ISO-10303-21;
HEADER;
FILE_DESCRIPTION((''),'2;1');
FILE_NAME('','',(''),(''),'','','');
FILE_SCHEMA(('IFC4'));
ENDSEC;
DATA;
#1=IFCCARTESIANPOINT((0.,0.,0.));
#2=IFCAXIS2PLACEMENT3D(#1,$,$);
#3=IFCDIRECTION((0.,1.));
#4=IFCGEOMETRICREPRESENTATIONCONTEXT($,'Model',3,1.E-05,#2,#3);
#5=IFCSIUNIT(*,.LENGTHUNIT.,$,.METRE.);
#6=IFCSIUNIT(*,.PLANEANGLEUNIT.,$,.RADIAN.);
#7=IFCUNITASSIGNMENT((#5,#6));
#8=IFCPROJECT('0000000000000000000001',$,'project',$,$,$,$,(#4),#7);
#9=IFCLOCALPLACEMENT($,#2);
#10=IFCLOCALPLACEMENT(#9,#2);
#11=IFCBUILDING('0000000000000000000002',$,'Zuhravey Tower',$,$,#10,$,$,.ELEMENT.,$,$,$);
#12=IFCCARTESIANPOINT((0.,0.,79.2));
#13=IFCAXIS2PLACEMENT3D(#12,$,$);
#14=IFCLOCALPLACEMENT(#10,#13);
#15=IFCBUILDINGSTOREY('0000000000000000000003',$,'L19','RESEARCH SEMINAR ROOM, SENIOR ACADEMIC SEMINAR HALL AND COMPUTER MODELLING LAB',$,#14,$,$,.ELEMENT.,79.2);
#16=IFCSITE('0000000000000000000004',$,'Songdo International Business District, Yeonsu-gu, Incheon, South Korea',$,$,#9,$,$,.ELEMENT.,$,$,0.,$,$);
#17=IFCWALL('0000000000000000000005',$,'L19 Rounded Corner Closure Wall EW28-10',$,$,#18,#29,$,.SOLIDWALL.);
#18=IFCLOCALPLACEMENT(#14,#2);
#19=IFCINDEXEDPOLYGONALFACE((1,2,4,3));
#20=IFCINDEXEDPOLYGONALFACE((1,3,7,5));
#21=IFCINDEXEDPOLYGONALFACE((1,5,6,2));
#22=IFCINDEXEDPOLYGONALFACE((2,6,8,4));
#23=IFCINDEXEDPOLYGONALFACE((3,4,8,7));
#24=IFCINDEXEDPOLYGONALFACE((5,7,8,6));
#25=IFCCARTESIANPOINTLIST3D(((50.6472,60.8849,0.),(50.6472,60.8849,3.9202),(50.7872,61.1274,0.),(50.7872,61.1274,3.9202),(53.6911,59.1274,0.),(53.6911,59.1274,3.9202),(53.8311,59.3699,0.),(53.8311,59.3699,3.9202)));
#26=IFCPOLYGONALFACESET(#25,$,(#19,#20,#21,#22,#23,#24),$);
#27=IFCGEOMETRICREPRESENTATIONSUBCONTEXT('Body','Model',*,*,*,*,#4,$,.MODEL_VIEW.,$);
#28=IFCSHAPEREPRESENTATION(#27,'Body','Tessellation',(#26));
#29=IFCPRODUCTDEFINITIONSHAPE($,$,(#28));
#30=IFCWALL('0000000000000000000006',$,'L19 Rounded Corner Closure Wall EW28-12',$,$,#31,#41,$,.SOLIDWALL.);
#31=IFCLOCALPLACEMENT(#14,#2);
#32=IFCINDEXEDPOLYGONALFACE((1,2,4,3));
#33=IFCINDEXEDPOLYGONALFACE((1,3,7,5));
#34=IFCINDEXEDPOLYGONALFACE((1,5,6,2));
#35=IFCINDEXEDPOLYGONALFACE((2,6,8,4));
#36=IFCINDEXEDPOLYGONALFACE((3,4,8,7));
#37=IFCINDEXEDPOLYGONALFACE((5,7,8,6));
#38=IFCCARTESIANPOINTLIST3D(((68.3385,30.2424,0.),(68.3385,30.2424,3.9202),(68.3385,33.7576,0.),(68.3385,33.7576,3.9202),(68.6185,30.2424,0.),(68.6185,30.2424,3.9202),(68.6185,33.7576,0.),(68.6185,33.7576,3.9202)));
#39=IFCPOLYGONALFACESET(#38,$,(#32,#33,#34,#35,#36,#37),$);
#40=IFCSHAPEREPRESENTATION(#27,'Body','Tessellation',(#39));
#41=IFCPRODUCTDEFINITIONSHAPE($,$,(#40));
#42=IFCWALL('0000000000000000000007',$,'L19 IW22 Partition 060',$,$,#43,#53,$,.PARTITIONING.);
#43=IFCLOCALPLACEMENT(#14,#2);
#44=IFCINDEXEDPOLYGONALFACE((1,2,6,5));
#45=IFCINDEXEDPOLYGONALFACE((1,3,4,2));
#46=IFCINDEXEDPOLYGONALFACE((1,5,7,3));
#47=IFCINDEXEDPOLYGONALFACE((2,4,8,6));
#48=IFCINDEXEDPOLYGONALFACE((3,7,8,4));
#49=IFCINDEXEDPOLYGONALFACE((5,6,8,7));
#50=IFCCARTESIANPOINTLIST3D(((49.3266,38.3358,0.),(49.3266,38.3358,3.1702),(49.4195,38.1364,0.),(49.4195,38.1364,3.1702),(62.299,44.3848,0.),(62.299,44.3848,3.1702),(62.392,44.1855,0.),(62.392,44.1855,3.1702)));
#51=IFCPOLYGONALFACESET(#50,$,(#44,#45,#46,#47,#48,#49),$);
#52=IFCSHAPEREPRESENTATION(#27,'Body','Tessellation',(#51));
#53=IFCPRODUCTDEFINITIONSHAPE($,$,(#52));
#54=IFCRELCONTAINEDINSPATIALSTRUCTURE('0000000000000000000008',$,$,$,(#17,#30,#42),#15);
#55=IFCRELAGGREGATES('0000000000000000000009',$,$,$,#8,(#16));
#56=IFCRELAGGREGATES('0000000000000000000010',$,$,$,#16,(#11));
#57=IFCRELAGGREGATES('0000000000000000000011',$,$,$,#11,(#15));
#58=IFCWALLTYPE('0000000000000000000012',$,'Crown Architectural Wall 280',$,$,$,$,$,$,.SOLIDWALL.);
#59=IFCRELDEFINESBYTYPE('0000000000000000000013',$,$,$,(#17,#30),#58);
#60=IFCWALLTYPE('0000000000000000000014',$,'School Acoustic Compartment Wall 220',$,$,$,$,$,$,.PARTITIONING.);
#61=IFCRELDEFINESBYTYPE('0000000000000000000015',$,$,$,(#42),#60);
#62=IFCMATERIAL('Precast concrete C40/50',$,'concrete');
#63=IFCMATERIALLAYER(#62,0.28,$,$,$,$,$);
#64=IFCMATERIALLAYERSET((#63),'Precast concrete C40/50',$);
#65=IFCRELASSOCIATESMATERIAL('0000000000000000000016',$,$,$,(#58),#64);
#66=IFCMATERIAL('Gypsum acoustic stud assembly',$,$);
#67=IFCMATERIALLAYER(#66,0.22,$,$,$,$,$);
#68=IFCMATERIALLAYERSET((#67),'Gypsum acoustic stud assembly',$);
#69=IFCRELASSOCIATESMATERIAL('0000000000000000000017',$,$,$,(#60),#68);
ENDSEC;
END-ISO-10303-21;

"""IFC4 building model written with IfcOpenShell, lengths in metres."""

from ifc_helpers import new_model, si_unit, direction, frame, frame_2d, origin, place, context, subcontext, project, spatial, rectangle, extrude, material, layer, layer_set, type_object, element, save


model = new_model("IFC4")

# Units and contexts
model_context = context("Model", 3, precision=1e-05, world=origin(), true_north=direction((0.0, 1.0)))
body_context = subcontext(model_context, "Body", "Model", "MODEL_VIEW")
ifc_project = project(units=[si_unit("LENGTHUNIT", "METRE"), si_unit("PLANEANGLEUNIT", "RADIAN")], contexts=[model_context])

# Site, building, storey
site_placement = place(None, origin())
site = spatial("IfcSite", under=ifc_project, at=site_placement, Name="Songdo International Business District, Yeonsu-gu, Incheon, South Korea", CompositionType="ELEMENT", RefElevation=0.0)
building_placement = place(site_placement, origin())
building = spatial("IfcBuilding", under=site, at=building_placement, Name="Zuhravey Tower", CompositionType="ELEMENT")
storey_placement = place(building_placement, frame((0.0, 0.0, 79.2)))
storey = spatial("IfcBuildingStorey", under=building, at=storey_placement, Name="L19", Description="RESEARCH SEMINAR ROOM, SENIOR ACADEMIC SEMINAR HALL AND COMPUTER MODELLING LAB", CompositionType="ELEMENT", Elevation=79.2)

# Walls
ifc_material_1 = material(Name="Precast concrete C40/50", Category="concrete")
ifc_layer_1 = layer(ifc_material_1, 0.28)
ifc_layer_set_1 = layer_set([ifc_layer_1], Name="Precast concrete C40/50")
wall_type_1 = type_object("IfcWallType", Name="Crown Architectural Wall 280", PredefinedType="SOLIDWALL", material=ifc_layer_set_1)
wall_1_placement = place(storey_placement, frame((50.7173, 61.0061, 0.0), z_axis=(0.0, 0.0, 1.0), x_axis=(0.866007, -0.500031, 0.0)))
element("IfcWall", 1, at=wall_1_placement, inside=storey, type_object=wall_type_1, Name="L19 Rounded Corner Closure Wall EW28-10", PredefinedType="SOLIDWALL", context=body_context, shape_type="SweptSolid", body=[
    extrude(rectangle(XDim=3.5149, YDim=0.28, at=frame_2d((1.7573, 0.0))), origin(), (0.0, 0.0, 1.0), 3.9202),
])
wall_2_placement = place(storey_placement, frame((68.4785, 33.7576, 0.0), z_axis=(0.0, 0.0, 1.0), x_axis=(0.0, -1.0, 0.0)))
element("IfcWall", 2, at=wall_2_placement, inside=storey, type_object=wall_type_1, Name="L19 Rounded Corner Closure Wall EW28-12", PredefinedType="SOLIDWALL", context=body_context, shape_type="SweptSolid", body=[
    extrude(rectangle(XDim=3.5151, YDim=0.28, at=frame_2d((1.7576, 0.0))), origin(), (0.0, 0.0, 1.0), 3.9202),
])
ifc_material_2 = material(Name="Gypsum acoustic stud assembly")
ifc_layer_2 = layer(ifc_material_2, 0.22)
ifc_layer_set_2 = layer_set([ifc_layer_2], Name="Gypsum acoustic stud assembly")
wall_type_2 = type_object("IfcWallType", Name="School Acoustic Compartment Wall 220", PredefinedType="PARTITIONING", material=ifc_layer_set_2)
wall_3_placement = place(storey_placement, frame((49.373, 38.2361, 0.0), z_axis=(0.0, 0.0, 1.0), x_axis=(0.906309, 0.422615, 0.0)))
element("IfcWall", 3, at=wall_3_placement, inside=storey, type_object=wall_type_2, Name="L19 IW22 Partition 060", PredefinedType="PARTITIONING", context=body_context, shape_type="SweptSolid", body=[
    extrude(rectangle(XDim=14.3135, YDim=0.22, at=frame_2d((7.1567, 0.0))), origin(), (0.0, 0.0, 1.0), 3.1702),
])

save(model, "model.ifc")
